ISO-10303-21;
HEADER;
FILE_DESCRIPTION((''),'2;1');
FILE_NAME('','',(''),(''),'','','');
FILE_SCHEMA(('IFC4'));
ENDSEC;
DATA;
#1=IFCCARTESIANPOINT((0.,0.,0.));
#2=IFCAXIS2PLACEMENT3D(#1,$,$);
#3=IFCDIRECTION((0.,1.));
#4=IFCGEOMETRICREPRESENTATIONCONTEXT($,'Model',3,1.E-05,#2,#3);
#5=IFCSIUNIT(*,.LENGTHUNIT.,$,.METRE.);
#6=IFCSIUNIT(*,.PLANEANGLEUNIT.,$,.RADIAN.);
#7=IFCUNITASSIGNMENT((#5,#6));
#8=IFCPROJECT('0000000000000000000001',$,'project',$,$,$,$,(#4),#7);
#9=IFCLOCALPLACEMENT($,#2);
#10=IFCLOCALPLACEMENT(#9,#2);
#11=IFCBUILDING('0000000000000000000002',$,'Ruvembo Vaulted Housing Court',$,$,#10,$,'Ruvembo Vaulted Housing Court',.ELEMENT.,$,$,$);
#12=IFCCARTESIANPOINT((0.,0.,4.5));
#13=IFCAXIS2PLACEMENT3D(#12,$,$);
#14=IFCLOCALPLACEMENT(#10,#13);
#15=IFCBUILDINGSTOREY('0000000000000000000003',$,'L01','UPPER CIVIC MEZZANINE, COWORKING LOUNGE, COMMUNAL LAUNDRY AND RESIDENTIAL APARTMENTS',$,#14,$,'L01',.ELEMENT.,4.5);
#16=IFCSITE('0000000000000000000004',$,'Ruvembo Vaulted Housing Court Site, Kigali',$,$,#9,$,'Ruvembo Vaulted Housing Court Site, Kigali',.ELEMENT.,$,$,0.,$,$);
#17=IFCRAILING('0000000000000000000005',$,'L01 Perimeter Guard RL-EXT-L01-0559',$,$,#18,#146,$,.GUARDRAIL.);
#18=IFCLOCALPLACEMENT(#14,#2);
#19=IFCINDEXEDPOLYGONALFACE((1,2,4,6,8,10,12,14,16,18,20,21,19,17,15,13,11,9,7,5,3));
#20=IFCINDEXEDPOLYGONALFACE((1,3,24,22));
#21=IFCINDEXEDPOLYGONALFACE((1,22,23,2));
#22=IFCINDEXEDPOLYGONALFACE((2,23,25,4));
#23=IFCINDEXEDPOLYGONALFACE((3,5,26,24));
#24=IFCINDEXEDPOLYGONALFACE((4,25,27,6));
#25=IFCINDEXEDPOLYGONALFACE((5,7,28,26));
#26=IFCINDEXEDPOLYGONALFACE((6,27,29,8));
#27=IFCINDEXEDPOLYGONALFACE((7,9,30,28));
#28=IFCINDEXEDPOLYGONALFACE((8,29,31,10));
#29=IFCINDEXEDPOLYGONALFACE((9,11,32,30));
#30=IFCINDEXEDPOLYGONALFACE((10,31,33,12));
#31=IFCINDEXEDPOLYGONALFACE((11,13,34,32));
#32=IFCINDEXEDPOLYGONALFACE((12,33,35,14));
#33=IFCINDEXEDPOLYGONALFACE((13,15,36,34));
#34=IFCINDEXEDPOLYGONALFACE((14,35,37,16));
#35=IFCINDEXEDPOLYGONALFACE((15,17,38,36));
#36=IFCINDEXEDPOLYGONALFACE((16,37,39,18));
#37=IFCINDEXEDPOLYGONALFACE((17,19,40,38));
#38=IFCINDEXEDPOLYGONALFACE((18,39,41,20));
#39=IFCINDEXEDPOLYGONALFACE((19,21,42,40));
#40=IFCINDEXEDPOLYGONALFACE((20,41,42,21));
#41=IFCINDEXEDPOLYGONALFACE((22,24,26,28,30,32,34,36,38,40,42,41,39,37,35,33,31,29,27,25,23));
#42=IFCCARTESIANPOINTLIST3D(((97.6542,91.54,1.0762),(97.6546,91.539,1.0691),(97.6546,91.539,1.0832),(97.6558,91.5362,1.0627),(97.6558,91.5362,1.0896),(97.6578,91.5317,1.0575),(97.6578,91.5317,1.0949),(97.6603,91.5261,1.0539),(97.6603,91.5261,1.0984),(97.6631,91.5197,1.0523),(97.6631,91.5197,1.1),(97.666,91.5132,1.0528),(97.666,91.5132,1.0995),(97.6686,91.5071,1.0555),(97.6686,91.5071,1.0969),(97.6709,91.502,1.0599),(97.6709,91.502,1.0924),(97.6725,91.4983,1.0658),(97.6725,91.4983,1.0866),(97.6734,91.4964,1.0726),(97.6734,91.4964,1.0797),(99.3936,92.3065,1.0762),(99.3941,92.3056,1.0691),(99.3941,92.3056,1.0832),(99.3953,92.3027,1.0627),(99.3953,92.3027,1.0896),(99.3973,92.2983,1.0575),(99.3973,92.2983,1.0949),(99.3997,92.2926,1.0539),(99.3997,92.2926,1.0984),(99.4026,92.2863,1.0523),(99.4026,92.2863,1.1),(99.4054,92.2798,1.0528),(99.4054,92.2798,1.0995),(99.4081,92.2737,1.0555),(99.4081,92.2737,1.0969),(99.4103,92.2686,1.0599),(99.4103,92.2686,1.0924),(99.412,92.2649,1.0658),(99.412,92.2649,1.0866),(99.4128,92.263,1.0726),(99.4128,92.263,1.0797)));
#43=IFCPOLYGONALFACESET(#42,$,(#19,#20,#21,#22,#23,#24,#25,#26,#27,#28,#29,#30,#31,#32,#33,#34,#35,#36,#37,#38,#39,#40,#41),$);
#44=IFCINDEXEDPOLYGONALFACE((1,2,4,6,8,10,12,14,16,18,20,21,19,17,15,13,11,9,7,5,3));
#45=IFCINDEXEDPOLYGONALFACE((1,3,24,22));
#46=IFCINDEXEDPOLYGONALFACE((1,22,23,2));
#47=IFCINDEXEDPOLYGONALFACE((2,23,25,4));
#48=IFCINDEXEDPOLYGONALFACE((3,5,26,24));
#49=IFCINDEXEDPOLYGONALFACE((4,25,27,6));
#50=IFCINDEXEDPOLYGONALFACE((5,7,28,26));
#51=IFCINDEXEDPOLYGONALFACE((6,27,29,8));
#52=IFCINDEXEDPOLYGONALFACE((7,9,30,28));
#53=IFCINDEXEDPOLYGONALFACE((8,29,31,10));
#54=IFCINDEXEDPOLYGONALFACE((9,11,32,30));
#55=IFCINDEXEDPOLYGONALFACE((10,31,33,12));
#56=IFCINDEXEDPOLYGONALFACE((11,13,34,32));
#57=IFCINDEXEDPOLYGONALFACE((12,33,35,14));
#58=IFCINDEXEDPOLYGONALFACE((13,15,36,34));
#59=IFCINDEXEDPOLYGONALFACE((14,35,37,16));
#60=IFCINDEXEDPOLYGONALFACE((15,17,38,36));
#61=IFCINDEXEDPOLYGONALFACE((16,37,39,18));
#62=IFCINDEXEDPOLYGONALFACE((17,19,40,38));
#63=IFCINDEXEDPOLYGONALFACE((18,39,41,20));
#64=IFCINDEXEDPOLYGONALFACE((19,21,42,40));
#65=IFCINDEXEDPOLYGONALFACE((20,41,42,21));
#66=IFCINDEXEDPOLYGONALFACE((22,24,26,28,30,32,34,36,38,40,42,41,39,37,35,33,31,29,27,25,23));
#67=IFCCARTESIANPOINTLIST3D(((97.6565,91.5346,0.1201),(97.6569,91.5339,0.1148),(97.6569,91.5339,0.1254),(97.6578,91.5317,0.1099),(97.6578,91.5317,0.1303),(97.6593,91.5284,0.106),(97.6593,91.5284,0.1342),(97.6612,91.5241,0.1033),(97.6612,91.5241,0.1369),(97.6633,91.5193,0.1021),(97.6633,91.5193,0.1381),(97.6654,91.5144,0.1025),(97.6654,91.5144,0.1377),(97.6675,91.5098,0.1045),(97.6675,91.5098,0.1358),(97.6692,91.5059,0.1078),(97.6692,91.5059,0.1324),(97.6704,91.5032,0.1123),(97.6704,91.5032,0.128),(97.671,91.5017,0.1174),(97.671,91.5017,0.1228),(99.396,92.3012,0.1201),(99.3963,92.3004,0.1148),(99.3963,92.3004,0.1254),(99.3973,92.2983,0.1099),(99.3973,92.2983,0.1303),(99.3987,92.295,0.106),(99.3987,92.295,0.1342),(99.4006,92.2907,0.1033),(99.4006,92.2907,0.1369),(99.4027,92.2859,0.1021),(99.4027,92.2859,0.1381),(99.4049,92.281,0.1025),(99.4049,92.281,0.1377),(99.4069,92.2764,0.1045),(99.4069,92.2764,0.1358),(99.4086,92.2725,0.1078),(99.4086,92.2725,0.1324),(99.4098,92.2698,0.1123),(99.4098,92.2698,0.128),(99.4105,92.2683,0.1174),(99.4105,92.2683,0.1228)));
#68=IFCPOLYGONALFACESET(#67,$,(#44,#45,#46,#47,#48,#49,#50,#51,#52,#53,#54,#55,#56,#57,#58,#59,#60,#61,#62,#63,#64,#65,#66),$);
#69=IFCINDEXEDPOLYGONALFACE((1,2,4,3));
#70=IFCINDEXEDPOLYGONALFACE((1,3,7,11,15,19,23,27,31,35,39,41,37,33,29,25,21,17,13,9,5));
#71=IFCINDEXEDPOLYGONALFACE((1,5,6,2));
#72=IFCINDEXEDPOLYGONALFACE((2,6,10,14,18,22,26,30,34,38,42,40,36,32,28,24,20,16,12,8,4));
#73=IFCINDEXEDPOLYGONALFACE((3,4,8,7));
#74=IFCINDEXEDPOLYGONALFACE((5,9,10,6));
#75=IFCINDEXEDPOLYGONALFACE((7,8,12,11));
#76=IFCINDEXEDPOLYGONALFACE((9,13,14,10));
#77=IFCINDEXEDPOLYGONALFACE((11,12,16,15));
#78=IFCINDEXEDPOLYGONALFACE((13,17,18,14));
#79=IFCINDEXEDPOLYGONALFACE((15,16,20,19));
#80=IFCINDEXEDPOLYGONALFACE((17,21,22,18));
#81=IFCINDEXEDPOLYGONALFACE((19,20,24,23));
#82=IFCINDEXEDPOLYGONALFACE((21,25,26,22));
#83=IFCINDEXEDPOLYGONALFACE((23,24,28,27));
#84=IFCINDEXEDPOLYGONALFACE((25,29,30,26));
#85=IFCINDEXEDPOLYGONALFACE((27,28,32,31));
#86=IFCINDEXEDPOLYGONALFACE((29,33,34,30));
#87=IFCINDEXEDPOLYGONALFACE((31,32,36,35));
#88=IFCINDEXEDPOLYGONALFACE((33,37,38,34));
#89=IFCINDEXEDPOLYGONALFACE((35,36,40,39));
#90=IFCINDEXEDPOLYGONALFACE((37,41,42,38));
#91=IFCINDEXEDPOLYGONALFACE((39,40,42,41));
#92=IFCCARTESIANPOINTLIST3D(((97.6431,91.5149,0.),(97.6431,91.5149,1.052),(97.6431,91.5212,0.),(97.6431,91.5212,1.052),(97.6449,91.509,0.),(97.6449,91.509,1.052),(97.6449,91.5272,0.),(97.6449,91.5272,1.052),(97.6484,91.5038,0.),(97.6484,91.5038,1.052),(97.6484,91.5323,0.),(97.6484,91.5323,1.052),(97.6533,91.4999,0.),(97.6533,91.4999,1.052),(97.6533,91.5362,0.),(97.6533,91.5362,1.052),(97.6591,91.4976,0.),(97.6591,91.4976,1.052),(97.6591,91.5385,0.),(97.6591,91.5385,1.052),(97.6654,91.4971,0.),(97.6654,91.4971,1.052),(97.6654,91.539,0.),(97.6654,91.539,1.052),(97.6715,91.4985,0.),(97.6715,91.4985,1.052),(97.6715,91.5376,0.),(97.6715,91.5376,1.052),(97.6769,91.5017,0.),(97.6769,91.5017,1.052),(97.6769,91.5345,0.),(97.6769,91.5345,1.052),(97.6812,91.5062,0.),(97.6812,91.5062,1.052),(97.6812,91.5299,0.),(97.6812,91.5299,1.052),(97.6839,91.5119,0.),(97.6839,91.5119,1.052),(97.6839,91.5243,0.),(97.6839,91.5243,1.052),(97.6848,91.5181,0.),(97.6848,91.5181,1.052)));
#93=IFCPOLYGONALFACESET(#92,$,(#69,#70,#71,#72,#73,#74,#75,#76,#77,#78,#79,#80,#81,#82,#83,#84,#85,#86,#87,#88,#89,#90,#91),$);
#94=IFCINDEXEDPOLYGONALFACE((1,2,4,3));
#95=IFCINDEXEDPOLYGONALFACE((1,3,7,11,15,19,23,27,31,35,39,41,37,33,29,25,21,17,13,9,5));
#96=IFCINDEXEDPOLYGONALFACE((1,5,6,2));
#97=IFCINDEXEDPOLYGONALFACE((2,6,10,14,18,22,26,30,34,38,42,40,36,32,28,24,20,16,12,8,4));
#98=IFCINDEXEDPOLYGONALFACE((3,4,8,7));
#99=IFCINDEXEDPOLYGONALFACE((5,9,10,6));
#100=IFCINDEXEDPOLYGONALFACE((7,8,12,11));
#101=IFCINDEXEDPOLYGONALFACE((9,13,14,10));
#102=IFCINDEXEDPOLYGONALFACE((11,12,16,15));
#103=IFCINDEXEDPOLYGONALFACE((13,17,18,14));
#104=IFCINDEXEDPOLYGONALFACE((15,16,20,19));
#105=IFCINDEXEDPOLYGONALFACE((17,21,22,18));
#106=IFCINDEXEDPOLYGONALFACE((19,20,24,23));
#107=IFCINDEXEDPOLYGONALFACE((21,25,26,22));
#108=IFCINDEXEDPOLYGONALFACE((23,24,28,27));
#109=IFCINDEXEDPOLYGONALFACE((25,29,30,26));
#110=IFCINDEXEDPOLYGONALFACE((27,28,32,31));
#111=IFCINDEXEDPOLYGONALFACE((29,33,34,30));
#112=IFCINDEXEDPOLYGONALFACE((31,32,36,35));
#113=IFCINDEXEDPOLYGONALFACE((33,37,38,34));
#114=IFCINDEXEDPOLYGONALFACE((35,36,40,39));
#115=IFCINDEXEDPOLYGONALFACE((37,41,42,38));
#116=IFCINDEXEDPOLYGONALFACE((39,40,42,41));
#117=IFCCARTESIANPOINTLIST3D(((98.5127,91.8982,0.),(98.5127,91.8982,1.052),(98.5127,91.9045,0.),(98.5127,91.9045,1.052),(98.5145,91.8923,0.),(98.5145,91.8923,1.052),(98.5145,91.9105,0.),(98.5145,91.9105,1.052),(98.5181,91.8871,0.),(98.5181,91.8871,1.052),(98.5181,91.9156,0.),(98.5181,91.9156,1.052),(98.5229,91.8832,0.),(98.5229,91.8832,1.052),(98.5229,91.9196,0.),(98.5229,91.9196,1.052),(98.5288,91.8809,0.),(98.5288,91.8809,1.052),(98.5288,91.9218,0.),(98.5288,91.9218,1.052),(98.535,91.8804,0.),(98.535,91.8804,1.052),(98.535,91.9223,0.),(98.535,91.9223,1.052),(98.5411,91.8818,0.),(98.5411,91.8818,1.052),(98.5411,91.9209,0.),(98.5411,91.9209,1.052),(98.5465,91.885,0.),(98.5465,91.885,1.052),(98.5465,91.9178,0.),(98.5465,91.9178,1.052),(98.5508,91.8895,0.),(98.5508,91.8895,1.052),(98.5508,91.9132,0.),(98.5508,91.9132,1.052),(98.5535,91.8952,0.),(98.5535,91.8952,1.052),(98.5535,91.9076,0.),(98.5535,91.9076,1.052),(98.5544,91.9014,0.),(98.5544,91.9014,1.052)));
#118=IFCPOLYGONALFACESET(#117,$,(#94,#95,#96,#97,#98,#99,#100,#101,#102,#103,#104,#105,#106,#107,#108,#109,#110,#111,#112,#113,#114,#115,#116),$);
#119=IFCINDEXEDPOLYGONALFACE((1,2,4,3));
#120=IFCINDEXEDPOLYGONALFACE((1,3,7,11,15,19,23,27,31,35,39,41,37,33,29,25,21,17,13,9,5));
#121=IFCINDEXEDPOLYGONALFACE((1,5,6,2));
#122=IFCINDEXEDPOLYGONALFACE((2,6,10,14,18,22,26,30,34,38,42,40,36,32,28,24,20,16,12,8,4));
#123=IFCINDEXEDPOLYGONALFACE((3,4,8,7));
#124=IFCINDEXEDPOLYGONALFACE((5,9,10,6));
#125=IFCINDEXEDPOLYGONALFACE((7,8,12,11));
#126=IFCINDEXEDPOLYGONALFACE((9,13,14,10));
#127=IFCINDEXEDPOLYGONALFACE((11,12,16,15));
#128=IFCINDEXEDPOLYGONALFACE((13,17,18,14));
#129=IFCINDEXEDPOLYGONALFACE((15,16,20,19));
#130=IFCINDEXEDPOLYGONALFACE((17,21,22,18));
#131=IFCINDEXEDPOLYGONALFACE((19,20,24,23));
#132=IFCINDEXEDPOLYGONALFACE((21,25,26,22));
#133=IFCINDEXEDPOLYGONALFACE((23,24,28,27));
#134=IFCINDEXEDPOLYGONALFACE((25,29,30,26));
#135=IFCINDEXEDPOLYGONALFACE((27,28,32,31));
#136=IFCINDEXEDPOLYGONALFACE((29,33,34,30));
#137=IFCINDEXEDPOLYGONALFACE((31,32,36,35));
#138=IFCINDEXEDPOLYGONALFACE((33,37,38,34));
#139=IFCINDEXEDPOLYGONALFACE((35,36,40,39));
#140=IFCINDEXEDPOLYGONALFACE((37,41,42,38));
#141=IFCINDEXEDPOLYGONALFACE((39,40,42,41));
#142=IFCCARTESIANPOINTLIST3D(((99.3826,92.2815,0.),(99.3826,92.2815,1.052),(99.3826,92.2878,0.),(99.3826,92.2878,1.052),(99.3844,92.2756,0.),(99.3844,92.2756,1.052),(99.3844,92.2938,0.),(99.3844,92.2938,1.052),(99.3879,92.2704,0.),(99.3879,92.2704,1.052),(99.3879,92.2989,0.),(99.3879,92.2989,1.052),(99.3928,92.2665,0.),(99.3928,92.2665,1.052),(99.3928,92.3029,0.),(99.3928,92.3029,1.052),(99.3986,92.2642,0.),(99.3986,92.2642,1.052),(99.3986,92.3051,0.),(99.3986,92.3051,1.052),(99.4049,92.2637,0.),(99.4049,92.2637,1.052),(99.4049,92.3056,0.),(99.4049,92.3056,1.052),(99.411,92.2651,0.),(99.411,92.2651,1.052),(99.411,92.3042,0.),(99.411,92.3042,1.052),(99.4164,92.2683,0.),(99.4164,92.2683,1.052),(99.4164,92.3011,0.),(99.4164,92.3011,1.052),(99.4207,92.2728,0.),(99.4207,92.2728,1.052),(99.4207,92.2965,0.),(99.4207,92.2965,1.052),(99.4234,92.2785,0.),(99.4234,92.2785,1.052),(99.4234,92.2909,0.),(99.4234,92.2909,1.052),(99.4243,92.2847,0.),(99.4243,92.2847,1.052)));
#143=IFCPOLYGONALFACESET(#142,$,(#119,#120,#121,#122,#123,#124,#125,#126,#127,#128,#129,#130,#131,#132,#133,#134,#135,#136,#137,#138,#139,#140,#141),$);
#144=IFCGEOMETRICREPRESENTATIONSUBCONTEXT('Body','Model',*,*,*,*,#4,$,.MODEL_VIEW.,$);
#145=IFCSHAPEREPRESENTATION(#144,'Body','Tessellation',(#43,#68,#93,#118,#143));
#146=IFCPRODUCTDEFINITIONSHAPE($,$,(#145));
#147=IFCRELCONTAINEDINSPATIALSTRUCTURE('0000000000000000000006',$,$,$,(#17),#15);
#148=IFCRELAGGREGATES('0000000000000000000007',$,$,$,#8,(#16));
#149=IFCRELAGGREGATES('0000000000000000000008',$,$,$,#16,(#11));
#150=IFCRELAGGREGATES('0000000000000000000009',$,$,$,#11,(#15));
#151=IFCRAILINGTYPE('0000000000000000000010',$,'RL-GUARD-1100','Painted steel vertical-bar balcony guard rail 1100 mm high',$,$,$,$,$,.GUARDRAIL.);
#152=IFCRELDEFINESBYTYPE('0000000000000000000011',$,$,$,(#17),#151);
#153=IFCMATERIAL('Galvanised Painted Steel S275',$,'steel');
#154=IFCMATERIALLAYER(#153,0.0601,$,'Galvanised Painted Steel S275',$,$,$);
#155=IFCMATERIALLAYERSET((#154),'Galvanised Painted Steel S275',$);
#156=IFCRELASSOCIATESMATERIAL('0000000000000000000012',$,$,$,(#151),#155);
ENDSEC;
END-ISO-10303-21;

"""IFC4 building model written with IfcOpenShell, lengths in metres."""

from ifc_helpers import new_model, si_unit, direction, frame, origin, origin_2d, place, context, subcontext, project, spatial, circle, extrude, material, layer, layer_set, type_object, element, save


model = new_model("IFC4")

# Units and contexts
model_context = context("Model", 3, precision=1e-05, world=origin(), true_north=direction((0.0, 1.0)))
body_context = subcontext(model_context, "Body", "Model", "MODEL_VIEW")
ifc_project = project(units=[si_unit("LENGTHUNIT", "METRE"), si_unit("PLANEANGLEUNIT", "RADIAN")], contexts=[model_context])

# Site, building, storey
site_placement = place(None, origin())
site = spatial("IfcSite", under=ifc_project, at=site_placement, Name="Ruvembo Vaulted Housing Court Site, Kigali", LongName="Ruvembo Vaulted Housing Court Site, Kigali", CompositionType="ELEMENT", RefElevation=0.0)
building_placement = place(site_placement, origin())
building = spatial("IfcBuilding", under=site, at=building_placement, Name="Ruvembo Vaulted Housing Court", LongName="Ruvembo Vaulted Housing Court", CompositionType="ELEMENT")
storey_placement = place(building_placement, frame((0.0, 0.0, 4.5)))
storey = spatial("IfcBuildingStorey", under=building, at=storey_placement, Name="L01", Description="UPPER CIVIC MEZZANINE, COWORKING LOUNGE, COMMUNAL LAUNDRY AND RESIDENTIAL APARTMENTS", LongName="L01", CompositionType="ELEMENT", Elevation=4.5)

# Railing
ifc_material_1 = material(Name="Galvanised Painted Steel S275", Category="steel")
ifc_layer_1 = layer(ifc_material_1, 0.0601, Name="Galvanised Painted Steel S275")
ifc_layer_set_1 = layer_set([ifc_layer_1], Name="Galvanised Painted Steel S275")
railing_type = type_object("IfcRailingType", Name="RL-GUARD-1100", Description="Painted steel vertical-bar balcony guard rail 1100 mm high", PredefinedType="GUARDRAIL", material=ifc_layer_set_1)
railing_1_placement = place(storey_placement, frame((97.6638, 91.5181, 0.0)))
element("IfcRailing", 1, at=railing_1_placement, inside=storey, type_object=railing_type, Name="L01 Perimeter Guard RL-EXT-L01-0559", PredefinedType="GUARDRAIL", context=body_context, shape_type="SweptSolid", body=[
    extrude(circle(Radius=0.0239, at=origin_2d()), frame((0.0, 0.0, 1.0762), z_axis=(0.915078, 0.403277, 0.0), x_axis=(-0.403277, 0.915078, 0.0)), (0.0, 0.0, 1.0), 1.9009),
    extrude(circle(Radius=0.0181, at=origin_2d()), frame((0.0, 0.0, 0.1201), z_axis=(0.915078, 0.403277, 0.0), x_axis=(-0.403277, 0.915078, 0.0)), (0.0, 0.0, 1.0), 1.9009),
    extrude(circle(Radius=0.021, at=origin_2d()), origin(), (0.0, 0.0, 1.0), 1.052),
    extrude(circle(Radius=0.021, at=origin_2d()), frame((0.8696, 0.3833, 0.0)), (0.0, 0.0, 1.0), 1.052),
    extrude(circle(Radius=0.021, at=origin_2d()), frame((1.7395, 0.7666, 0.0)), (0.0, 0.0, 1.0), 1.052),
])

save(model, "model.ifc")
